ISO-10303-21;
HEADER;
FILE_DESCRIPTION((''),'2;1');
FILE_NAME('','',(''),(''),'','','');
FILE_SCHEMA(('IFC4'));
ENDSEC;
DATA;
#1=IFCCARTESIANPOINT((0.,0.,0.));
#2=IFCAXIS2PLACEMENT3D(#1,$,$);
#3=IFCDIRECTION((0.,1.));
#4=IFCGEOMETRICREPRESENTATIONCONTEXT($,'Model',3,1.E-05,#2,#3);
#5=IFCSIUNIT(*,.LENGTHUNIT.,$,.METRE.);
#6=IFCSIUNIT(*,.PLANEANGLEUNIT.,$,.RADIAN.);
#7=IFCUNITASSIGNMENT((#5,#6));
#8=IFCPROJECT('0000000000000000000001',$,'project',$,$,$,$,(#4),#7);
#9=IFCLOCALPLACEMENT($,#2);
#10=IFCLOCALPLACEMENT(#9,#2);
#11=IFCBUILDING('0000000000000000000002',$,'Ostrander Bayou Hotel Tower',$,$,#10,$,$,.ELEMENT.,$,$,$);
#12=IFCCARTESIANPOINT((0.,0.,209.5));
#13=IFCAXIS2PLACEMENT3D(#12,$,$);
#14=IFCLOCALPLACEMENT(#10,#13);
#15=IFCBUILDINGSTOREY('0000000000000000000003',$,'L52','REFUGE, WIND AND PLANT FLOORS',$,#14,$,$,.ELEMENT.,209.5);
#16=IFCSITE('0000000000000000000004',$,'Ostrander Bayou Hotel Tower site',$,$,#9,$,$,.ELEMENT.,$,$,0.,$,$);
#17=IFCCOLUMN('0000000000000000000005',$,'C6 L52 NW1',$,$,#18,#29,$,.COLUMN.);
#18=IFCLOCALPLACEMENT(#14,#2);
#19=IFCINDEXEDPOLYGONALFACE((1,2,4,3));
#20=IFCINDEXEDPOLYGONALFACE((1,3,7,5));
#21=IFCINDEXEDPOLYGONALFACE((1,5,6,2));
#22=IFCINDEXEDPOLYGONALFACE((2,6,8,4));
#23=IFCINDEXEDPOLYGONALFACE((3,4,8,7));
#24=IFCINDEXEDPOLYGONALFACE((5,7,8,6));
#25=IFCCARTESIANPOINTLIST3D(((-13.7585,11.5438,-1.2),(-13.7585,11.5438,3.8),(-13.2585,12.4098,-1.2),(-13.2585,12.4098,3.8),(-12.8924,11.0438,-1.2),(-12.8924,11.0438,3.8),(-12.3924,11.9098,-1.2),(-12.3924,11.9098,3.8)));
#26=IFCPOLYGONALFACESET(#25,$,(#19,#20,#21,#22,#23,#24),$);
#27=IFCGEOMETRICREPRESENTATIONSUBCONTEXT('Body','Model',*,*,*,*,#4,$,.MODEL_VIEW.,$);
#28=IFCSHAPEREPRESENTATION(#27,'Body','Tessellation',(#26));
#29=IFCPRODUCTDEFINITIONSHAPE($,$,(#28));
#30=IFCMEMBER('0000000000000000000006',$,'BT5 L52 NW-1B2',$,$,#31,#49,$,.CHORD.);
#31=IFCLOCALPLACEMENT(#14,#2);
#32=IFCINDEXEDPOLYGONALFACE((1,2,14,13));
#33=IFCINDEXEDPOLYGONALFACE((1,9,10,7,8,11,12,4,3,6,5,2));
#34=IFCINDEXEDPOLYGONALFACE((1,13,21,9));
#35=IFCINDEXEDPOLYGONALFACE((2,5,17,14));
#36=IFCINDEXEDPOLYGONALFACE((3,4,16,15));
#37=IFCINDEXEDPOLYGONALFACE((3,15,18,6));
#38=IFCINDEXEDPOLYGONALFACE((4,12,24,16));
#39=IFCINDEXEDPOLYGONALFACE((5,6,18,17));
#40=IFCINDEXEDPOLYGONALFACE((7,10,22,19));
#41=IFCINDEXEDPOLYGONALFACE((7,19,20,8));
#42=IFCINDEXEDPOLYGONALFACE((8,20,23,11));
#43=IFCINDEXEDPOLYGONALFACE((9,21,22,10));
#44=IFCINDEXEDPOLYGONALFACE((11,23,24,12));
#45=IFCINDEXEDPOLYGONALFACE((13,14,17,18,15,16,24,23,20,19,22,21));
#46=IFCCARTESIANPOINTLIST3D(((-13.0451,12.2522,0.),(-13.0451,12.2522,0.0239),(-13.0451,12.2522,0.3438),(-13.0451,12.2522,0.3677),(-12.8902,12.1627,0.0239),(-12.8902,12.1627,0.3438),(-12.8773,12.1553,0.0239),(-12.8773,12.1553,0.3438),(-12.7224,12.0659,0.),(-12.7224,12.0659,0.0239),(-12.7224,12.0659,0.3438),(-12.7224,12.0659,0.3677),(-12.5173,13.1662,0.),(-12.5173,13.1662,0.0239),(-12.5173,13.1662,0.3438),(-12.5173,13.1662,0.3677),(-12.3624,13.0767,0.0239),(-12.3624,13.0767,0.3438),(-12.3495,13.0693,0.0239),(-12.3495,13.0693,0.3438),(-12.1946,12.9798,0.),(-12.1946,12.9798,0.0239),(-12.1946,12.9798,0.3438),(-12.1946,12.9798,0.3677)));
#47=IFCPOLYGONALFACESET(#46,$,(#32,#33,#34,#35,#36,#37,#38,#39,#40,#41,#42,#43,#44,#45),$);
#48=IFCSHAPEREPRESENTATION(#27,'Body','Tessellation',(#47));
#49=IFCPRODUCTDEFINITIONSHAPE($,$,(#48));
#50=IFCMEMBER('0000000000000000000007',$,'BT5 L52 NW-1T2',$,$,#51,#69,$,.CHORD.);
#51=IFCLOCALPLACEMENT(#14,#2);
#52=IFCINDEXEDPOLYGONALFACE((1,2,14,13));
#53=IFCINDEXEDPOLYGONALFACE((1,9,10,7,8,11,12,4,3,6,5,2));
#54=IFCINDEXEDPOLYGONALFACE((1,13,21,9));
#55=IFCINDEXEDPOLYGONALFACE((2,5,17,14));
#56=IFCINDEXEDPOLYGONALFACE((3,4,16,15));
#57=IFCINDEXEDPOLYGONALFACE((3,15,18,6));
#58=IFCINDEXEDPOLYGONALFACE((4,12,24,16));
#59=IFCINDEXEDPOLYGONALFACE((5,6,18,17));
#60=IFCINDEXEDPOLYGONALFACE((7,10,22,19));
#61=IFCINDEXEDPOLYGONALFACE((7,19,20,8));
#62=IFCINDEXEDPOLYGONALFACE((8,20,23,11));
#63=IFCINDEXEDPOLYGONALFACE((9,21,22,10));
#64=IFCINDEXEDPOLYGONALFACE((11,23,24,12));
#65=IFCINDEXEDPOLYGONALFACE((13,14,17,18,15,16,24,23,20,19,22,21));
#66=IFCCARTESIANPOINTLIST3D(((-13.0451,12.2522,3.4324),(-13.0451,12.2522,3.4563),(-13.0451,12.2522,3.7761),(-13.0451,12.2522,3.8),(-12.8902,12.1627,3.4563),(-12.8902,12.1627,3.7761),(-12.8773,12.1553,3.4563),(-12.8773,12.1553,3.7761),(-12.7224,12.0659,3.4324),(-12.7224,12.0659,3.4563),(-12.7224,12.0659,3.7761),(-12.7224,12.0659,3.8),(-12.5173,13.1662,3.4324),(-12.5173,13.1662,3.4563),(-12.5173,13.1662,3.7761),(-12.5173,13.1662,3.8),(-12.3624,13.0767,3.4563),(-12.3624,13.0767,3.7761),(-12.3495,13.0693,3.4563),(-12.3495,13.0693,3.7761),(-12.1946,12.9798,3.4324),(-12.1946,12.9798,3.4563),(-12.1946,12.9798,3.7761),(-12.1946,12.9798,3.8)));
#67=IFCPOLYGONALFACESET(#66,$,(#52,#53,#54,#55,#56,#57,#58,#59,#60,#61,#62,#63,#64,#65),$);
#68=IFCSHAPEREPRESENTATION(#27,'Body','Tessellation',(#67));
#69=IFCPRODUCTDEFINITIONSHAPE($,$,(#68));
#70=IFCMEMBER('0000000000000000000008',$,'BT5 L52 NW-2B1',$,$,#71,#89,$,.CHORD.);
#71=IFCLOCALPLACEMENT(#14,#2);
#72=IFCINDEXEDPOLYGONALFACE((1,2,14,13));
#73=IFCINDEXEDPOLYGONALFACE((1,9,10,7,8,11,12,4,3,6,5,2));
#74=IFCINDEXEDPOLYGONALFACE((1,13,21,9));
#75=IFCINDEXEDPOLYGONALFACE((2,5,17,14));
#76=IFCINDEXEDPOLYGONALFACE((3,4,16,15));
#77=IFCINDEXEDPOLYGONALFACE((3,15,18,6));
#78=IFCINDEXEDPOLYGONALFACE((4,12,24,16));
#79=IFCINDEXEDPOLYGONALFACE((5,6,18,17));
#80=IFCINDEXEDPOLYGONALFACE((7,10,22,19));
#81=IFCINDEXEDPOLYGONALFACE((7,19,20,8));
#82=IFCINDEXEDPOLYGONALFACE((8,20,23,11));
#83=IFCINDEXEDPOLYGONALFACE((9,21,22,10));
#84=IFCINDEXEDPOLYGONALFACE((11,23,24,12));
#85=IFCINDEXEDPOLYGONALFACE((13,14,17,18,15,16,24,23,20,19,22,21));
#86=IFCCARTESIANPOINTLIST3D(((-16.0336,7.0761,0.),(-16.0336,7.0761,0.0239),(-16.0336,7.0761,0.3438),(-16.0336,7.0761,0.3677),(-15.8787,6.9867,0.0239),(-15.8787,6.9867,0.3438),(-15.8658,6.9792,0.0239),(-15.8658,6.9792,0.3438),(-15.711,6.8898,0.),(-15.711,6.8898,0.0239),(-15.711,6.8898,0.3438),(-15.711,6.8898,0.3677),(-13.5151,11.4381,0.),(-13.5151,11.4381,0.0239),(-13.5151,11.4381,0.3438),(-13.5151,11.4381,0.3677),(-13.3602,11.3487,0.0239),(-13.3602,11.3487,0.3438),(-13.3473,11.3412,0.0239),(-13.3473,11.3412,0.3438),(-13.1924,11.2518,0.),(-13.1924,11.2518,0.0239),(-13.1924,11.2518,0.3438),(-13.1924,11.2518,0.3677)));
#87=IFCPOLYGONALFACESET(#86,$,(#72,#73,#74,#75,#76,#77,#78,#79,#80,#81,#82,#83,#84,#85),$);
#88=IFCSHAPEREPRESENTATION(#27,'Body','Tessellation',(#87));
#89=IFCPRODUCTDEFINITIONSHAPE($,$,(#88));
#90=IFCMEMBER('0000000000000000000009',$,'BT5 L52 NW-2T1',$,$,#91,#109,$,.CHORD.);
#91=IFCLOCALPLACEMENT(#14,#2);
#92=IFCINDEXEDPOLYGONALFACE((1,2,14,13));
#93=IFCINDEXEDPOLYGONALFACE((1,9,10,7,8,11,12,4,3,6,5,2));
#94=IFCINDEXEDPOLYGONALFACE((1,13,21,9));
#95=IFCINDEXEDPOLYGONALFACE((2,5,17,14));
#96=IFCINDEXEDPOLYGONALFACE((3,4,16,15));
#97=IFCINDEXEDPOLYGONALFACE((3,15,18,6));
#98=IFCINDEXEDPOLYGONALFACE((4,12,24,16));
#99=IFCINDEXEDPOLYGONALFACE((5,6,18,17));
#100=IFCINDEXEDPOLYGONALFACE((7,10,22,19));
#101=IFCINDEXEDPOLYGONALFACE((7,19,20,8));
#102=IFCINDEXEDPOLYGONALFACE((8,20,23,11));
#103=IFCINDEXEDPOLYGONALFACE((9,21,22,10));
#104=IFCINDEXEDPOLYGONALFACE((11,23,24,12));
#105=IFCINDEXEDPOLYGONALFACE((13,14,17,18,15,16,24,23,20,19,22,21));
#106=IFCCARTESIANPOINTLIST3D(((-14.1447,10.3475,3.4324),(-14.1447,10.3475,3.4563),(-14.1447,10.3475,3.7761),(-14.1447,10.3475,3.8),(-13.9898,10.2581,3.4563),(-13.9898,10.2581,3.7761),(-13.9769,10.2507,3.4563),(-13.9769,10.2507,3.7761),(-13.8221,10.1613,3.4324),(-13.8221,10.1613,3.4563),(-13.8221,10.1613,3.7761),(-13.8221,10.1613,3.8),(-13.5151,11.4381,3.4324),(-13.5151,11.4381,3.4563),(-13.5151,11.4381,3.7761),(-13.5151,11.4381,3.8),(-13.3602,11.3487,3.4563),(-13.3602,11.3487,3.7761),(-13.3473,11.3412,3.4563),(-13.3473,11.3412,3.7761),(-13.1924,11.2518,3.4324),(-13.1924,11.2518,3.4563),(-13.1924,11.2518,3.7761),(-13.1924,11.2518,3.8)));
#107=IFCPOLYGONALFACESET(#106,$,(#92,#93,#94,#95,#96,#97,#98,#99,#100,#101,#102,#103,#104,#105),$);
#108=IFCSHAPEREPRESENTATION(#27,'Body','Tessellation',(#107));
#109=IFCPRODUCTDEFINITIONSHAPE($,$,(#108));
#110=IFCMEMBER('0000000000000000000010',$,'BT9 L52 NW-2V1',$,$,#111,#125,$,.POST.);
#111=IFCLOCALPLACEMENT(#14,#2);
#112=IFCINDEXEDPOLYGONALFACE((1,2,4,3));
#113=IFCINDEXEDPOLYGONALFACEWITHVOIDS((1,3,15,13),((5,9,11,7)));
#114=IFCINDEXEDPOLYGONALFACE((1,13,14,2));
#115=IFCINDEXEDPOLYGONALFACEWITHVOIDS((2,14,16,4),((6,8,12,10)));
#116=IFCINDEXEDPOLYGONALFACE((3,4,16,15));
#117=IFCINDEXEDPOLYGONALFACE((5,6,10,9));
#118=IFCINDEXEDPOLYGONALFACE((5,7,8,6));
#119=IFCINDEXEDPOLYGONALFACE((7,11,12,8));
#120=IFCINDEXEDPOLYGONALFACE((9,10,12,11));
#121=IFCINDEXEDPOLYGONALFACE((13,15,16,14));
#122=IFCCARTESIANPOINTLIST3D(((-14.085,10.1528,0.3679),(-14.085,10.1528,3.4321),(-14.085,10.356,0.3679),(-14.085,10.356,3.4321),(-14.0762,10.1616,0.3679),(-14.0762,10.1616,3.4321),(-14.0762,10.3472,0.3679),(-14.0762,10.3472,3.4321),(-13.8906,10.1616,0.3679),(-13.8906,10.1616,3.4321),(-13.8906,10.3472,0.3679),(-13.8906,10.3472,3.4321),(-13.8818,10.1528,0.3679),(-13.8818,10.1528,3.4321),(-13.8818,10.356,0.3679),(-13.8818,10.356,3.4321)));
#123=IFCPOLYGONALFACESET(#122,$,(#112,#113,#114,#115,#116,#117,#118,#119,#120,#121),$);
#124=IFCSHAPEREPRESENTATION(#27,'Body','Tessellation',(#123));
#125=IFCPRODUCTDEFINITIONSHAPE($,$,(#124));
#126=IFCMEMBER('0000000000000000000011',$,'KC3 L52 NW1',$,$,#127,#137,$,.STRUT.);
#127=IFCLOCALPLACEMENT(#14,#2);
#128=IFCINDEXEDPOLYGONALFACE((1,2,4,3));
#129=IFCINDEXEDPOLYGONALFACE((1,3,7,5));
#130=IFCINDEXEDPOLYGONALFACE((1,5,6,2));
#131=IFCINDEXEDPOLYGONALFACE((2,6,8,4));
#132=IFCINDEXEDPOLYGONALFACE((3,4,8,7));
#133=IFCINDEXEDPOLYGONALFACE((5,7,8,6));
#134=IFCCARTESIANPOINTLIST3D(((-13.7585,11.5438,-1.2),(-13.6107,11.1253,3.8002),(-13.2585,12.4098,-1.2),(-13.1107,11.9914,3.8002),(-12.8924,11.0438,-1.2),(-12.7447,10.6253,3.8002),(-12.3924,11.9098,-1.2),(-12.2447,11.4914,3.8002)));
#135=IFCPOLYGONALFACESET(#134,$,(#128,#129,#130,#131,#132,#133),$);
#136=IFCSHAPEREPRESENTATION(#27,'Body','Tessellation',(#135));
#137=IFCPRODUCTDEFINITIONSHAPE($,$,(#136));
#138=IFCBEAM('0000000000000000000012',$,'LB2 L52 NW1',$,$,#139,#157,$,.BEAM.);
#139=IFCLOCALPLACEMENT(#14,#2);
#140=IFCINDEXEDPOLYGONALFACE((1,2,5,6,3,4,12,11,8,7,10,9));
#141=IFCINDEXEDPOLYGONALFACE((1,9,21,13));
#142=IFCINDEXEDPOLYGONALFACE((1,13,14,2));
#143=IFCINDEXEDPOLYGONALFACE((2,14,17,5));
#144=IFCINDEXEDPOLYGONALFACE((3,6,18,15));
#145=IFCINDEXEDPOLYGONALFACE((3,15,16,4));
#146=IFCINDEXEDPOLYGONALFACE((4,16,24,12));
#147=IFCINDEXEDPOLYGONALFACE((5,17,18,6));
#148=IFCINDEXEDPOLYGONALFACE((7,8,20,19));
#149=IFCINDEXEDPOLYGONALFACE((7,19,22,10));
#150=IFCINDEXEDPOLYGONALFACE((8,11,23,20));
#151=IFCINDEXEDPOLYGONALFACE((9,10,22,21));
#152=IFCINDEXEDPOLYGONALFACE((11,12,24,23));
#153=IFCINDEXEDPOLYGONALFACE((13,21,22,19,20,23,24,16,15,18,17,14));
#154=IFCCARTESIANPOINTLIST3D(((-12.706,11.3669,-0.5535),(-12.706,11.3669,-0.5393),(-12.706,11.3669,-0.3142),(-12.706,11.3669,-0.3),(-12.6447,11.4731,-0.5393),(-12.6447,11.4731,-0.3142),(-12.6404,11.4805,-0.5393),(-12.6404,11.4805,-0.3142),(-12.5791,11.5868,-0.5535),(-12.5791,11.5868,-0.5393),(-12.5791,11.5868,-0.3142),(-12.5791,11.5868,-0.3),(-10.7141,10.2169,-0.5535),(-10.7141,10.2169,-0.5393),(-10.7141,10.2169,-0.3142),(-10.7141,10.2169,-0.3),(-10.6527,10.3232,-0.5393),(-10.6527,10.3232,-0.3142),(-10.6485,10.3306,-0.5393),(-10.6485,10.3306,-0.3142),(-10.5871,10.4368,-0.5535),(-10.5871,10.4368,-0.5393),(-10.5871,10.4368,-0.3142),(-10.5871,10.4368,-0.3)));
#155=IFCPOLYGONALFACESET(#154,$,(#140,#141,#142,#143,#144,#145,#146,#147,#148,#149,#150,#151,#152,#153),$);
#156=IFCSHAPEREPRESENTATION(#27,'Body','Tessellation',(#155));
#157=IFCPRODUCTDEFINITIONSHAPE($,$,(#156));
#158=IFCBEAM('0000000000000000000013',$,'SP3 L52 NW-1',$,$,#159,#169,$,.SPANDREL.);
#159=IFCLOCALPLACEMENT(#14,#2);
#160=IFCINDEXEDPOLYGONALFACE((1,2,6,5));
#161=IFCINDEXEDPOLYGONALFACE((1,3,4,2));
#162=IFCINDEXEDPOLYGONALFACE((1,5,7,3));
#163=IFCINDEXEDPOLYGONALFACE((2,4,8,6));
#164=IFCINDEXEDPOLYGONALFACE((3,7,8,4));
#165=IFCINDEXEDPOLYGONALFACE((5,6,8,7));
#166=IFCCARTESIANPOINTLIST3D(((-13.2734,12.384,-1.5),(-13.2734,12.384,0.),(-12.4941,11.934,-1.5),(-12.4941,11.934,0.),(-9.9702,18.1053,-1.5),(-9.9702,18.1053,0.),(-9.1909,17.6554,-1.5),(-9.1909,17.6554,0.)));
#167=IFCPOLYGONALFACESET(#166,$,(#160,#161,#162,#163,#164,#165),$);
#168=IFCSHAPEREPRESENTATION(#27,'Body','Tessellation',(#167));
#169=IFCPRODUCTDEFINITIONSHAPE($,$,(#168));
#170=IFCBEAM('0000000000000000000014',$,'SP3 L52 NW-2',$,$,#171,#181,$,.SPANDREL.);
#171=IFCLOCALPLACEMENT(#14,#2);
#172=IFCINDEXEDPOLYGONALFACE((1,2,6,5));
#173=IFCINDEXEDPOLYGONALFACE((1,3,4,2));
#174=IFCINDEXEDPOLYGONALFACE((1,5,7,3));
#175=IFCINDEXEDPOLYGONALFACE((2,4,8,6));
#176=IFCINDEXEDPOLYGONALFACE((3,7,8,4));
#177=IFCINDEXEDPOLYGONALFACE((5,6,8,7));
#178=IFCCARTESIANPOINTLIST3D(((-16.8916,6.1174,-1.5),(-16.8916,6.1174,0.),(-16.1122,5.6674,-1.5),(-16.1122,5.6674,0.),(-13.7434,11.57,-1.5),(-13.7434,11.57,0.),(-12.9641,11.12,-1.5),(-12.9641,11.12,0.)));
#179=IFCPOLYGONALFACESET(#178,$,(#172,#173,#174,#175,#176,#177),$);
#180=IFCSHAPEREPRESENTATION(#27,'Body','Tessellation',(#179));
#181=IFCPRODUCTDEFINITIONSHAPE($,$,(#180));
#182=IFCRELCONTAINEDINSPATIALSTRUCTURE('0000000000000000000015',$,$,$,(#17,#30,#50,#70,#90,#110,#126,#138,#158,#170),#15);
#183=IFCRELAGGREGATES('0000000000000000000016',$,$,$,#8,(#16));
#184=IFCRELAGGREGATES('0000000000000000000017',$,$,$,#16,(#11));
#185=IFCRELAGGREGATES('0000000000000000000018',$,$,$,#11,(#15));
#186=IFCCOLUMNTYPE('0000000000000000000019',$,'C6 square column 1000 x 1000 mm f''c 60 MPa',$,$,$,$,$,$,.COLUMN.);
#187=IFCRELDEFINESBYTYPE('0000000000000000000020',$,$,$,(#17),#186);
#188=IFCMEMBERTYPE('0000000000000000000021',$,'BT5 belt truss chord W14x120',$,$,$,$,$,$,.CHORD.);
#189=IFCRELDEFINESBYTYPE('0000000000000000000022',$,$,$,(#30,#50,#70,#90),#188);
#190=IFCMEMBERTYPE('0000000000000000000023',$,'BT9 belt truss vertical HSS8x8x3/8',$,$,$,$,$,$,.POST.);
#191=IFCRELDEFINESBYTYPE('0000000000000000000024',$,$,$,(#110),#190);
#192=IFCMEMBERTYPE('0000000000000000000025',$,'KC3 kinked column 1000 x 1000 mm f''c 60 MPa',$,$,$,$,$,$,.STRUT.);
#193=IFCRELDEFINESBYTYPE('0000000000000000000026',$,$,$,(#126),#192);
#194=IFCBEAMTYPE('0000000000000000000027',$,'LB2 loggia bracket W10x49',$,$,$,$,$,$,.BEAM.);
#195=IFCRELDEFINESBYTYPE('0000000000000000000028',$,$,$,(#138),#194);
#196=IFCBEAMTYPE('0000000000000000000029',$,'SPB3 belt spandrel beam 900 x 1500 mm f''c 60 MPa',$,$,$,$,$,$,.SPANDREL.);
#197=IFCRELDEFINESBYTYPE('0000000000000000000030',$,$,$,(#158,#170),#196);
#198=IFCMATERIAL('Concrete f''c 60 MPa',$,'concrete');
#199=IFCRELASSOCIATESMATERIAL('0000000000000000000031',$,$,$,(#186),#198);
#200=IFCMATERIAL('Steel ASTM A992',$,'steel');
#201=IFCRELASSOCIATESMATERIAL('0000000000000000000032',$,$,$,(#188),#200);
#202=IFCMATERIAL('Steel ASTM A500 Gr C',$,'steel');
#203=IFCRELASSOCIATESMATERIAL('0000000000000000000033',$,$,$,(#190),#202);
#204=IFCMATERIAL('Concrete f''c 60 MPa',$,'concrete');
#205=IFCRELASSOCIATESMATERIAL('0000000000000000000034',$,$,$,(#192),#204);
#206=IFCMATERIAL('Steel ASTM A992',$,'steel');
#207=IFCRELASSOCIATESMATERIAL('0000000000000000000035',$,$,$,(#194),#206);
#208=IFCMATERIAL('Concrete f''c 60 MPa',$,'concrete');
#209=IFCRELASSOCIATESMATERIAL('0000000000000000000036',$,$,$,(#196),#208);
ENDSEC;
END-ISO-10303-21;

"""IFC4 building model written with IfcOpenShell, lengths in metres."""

from ifc_helpers import new_model, si_unit, direction, frame, origin, origin_2d, place, context, subcontext, project, spatial, rectangle, hollow_rectangle, i_section, extrude, material, material_profile, profile_set, type_object, element, save


model = new_model("IFC4")

# Units and contexts
model_context = context("Model", 3, precision=1e-05, world=origin(), true_north=direction((0.0, 1.0)))
body_context = subcontext(model_context, "Body", "Model", "MODEL_VIEW")
ifc_project = project(units=[si_unit("LENGTHUNIT", "METRE"), si_unit("PLANEANGLEUNIT", "RADIAN")], contexts=[model_context])

# Site, building, storey
site_placement = place(None, origin())
site = spatial("IfcSite", under=ifc_project, at=site_placement, Name="Ostrander Bayou Hotel Tower site", CompositionType="ELEMENT", RefElevation=0.0)
building_placement = place(site_placement, origin())
building = spatial("IfcBuilding", under=site, at=building_placement, Name="Ostrander Bayou Hotel Tower", CompositionType="ELEMENT")
storey_placement = place(building_placement, frame((0.0, 0.0, 209.5)))
storey = spatial("IfcBuildingStorey", under=building, at=storey_placement, Name="L52", Description="REFUGE, WIND AND PLANT FLOORS", CompositionType="ELEMENT", Elevation=209.5)

# Column
ifc_material_1 = material(Name="Concrete f'c 60 MPa", Category="concrete")
ifc_material_profile_1 = material_profile(ifc_material_1, rectangle(XDim=1.0, YDim=1.0, at=origin_2d()))
ifc_profile_set_1 = profile_set([ifc_material_profile_1], Name="Concrete f'c 60 MPa")
column_type = type_object("IfcColumnType", Name="C6 square column 1000 x 1000 mm f'c 60 MPa", PredefinedType="COLUMN", material=ifc_profile_set_1)
column_placement = place(storey_placement, frame((-13.0754, 11.7268, -1.2), z_axis=(0.0, 0.0, 1.0), x_axis=(0.5, 0.866025, 0.0)))
element("IfcColumn", 1, at=column_placement, inside=storey, type_object=column_type, Name="C6 L52 NW1", PredefinedType="COLUMN", context=body_context, shape_type="SweptSolid", body=[
    extrude(rectangle(XDim=1.0, YDim=1.0, at=origin_2d()), origin(), (0.0, 0.0, 1.0), 5.0),
])

# Members
ifc_material_2 = material(Name="Steel ASTM A992", Category="steel")
ifc_material_profile_2 = material_profile(ifc_material_2, i_section(OverallWidth=0.3726, OverallDepth=0.3677, WebThickness=0.0149, FlangeThickness=0.0239, at=origin_2d()))
ifc_profile_set_2 = profile_set([ifc_material_profile_2], Name="Steel ASTM A992")
member_type_1 = type_object("IfcMemberType", Name="BT5 belt truss chord W14x120", PredefinedType="CHORD", material=ifc_profile_set_2)
for number, where, z_axis, x_axis, name in (
    (2, (-12.356, 13.073, 0.1838), (-0.500069, -0.865985, 0.0), (0.865985, -0.500069, 0.0), "BT5 L52 NW-1B2"),
    (3, (-12.356, 13.073, 3.6162), (-0.500069, -0.865985, 0.0), (0.865985, -0.500069, 0.0), "BT5 L52 NW-1T2"),
):
    element("IfcMember", number, at=place(storey_placement, frame(where, z_axis=z_axis, x_axis=x_axis)), inside=storey, type_object=member_type_1, Name=name, PredefinedType="CHORD", context=body_context, shape_type="SweptSolid", body=[
        extrude(i_section(OverallWidth=0.3726, OverallDepth=0.3677, WebThickness=0.0149, FlangeThickness=0.0239, at=origin_2d()), origin(), (0.0, 0.0, 1.0), 1.0554),
    ])
member_1_placement = place(storey_placement, frame((-13.3538, 11.345, 0.1838), z_axis=(-0.500018, -0.866015, 0.0), x_axis=(0.866015, -0.500018, 0.0)))
element("IfcMember", 4, at=member_1_placement, inside=storey, type_object=member_type_1, Name="BT5 L52 NW-2B1", PredefinedType="CHORD", context=body_context, shape_type="SweptSolid", body=[
    extrude(i_section(OverallWidth=0.3726, OverallDepth=0.3677, WebThickness=0.0149, FlangeThickness=0.0239, at=origin_2d()), origin(), (0.0, 0.0, 1.0), 5.0369),
])
member_2_placement = place(storey_placement, frame((-13.3538, 11.345, 3.6162), z_axis=(-0.499997, -0.866027, 0.0), x_axis=(0.866027, -0.499997, 0.0)))
element("IfcMember", 5, at=member_2_placement, inside=storey, type_object=member_type_1, Name="BT5 L52 NW-2T1", PredefinedType="CHORD", context=body_context, shape_type="SweptSolid", body=[
    extrude(i_section(OverallWidth=0.3726, OverallDepth=0.3677, WebThickness=0.0149, FlangeThickness=0.0239, at=origin_2d()), origin(), (0.0, 0.0, 1.0), 1.2593),
])
ifc_material_3 = material(Name="Steel ASTM A500 Gr C", Category="steel")
ifc_material_profile_3 = material_profile(ifc_material_3, hollow_rectangle(XDim=0.2031, YDim=0.2031, WallThickness=0.0088, at=origin_2d()))
ifc_profile_set_3 = profile_set([ifc_material_profile_3], Name="Steel ASTM A500 Gr C")
member_type_2 = type_object("IfcMemberType", Name="BT9 belt truss vertical HSS8x8x3/8", PredefinedType="POST", material=ifc_profile_set_3)
member_3_placement = place(storey_placement, frame((-13.9834, 10.2544, 0.3679), z_axis=(0.0, 0.0, 1.0), x_axis=(1.0, 0.0, 0.0)))
element("IfcMember", 6, at=member_3_placement, inside=storey, type_object=member_type_2, Name="BT9 L52 NW-2V1", PredefinedType="POST", context=body_context, shape_type="SweptSolid", body=[
    extrude(hollow_rectangle(XDim=0.2031, YDim=0.2031, WallThickness=0.0088, at=origin_2d()), origin(), (0.0, 0.0, 1.0), 3.0642),
])
ifc_material_4 = material(Name="Concrete f'c 60 MPa", Category="concrete")
ifc_material_profile_4 = material_profile(ifc_material_4, rectangle(XDim=1.0, YDim=1.0, at=origin_2d()))
ifc_profile_set_4 = profile_set([ifc_material_profile_4], Name="Concrete f'c 60 MPa")
member_type_3 = type_object("IfcMemberType", Name="KC3 kinked column 1000 x 1000 mm f'c 60 MPa", PredefinedType="STRUT", material=ifc_profile_set_4)
member_4_placement = place(storey_placement, frame((-13.0754, 11.7268, -1.2), z_axis=(0.0, 0.0, 1.0), x_axis=(0.5, 0.866025, 0.0)))
element("IfcMember", 7, at=member_4_placement, inside=storey, type_object=member_type_3, Name="KC3 L52 NW1", PredefinedType="STRUT", context=body_context, shape_type="SweptSolid", body=[
    extrude(rectangle(XDim=1.0, YDim=1.0, at=origin_2d()), origin(), (-0.057482, -0.067165, 0.996085), 5.0198),
])

# Beams
ifc_material_5 = material(Name="Steel ASTM A992", Category="steel")
ifc_material_profile_5 = material_profile(ifc_material_5, i_section(OverallWidth=0.2539, OverallDepth=0.2534, WebThickness=0.0085, FlangeThickness=0.0142, at=origin_2d()))
ifc_profile_set_5 = profile_set([ifc_material_profile_5], Name="Steel ASTM A992")
beam_type_1 = type_object("IfcBeamType", Name="LB2 loggia bracket W10x49", PredefinedType="BEAM", material=ifc_profile_set_5)
beam_1_placement = place(storey_placement, frame((-12.6426, 11.4768, -0.4268), z_axis=(0.866053, -0.499952, 0.0), x_axis=(0.499952, 0.866053, 0.0)))
element("IfcBeam", 8, at=beam_1_placement, inside=storey, type_object=beam_type_1, Name="LB2 L52 NW1", PredefinedType="BEAM", context=body_context, shape_type="SweptSolid", body=[
    extrude(i_section(OverallWidth=0.2539, OverallDepth=0.2534, WebThickness=0.0085, FlangeThickness=0.0142, at=origin_2d()), origin(), (0.0, 0.0, 1.0), 2.3),
])
ifc_material_6 = material(Name="Concrete f'c 60 MPa", Category="concrete")
ifc_material_profile_6 = material_profile(ifc_material_6, rectangle(XDim=0.8999, YDim=1.5, at=origin_2d()))
ifc_profile_set_6 = profile_set([ifc_material_profile_6], Name="Concrete f'c 60 MPa")
beam_type_2 = type_object("IfcBeamType", Name="SPB3 belt spandrel beam 900 x 1500 mm f'c 60 MPa", PredefinedType="SPANDREL", material=ifc_profile_set_6)
beam_2_placement = place(storey_placement, frame((-9.5806, 17.8804, -0.75), z_axis=(-0.499994, -0.866029, 0.0), x_axis=(0.866029, -0.499994, 0.0)))
element("IfcBeam", 9, at=beam_2_placement, inside=storey, type_object=beam_type_2, Name="SP3 L52 NW-1", PredefinedType="SPANDREL", context=body_context, shape_type="SweptSolid", body=[
    extrude(rectangle(XDim=0.8999, YDim=1.5, at=origin_2d()), origin(), (0.0, 0.0, 1.0), 6.6064),
])
beam_3_placement = place(storey_placement, frame((-13.3538, 11.345, -0.75), z_axis=(-0.500013, -0.866018, 0.0), x_axis=(0.866018, -0.500013, 0.0)))
element("IfcBeam", 10, at=beam_3_placement, inside=storey, type_object=beam_type_2, Name="SP3 L52 NW-2", PredefinedType="SPANDREL", context=body_context, shape_type="SweptSolid", body=[
    extrude(rectangle(XDim=0.8999, YDim=1.5, at=origin_2d()), origin(), (0.0, 0.0, 1.0), 6.2961),
])

save(model, "model.ifc")
